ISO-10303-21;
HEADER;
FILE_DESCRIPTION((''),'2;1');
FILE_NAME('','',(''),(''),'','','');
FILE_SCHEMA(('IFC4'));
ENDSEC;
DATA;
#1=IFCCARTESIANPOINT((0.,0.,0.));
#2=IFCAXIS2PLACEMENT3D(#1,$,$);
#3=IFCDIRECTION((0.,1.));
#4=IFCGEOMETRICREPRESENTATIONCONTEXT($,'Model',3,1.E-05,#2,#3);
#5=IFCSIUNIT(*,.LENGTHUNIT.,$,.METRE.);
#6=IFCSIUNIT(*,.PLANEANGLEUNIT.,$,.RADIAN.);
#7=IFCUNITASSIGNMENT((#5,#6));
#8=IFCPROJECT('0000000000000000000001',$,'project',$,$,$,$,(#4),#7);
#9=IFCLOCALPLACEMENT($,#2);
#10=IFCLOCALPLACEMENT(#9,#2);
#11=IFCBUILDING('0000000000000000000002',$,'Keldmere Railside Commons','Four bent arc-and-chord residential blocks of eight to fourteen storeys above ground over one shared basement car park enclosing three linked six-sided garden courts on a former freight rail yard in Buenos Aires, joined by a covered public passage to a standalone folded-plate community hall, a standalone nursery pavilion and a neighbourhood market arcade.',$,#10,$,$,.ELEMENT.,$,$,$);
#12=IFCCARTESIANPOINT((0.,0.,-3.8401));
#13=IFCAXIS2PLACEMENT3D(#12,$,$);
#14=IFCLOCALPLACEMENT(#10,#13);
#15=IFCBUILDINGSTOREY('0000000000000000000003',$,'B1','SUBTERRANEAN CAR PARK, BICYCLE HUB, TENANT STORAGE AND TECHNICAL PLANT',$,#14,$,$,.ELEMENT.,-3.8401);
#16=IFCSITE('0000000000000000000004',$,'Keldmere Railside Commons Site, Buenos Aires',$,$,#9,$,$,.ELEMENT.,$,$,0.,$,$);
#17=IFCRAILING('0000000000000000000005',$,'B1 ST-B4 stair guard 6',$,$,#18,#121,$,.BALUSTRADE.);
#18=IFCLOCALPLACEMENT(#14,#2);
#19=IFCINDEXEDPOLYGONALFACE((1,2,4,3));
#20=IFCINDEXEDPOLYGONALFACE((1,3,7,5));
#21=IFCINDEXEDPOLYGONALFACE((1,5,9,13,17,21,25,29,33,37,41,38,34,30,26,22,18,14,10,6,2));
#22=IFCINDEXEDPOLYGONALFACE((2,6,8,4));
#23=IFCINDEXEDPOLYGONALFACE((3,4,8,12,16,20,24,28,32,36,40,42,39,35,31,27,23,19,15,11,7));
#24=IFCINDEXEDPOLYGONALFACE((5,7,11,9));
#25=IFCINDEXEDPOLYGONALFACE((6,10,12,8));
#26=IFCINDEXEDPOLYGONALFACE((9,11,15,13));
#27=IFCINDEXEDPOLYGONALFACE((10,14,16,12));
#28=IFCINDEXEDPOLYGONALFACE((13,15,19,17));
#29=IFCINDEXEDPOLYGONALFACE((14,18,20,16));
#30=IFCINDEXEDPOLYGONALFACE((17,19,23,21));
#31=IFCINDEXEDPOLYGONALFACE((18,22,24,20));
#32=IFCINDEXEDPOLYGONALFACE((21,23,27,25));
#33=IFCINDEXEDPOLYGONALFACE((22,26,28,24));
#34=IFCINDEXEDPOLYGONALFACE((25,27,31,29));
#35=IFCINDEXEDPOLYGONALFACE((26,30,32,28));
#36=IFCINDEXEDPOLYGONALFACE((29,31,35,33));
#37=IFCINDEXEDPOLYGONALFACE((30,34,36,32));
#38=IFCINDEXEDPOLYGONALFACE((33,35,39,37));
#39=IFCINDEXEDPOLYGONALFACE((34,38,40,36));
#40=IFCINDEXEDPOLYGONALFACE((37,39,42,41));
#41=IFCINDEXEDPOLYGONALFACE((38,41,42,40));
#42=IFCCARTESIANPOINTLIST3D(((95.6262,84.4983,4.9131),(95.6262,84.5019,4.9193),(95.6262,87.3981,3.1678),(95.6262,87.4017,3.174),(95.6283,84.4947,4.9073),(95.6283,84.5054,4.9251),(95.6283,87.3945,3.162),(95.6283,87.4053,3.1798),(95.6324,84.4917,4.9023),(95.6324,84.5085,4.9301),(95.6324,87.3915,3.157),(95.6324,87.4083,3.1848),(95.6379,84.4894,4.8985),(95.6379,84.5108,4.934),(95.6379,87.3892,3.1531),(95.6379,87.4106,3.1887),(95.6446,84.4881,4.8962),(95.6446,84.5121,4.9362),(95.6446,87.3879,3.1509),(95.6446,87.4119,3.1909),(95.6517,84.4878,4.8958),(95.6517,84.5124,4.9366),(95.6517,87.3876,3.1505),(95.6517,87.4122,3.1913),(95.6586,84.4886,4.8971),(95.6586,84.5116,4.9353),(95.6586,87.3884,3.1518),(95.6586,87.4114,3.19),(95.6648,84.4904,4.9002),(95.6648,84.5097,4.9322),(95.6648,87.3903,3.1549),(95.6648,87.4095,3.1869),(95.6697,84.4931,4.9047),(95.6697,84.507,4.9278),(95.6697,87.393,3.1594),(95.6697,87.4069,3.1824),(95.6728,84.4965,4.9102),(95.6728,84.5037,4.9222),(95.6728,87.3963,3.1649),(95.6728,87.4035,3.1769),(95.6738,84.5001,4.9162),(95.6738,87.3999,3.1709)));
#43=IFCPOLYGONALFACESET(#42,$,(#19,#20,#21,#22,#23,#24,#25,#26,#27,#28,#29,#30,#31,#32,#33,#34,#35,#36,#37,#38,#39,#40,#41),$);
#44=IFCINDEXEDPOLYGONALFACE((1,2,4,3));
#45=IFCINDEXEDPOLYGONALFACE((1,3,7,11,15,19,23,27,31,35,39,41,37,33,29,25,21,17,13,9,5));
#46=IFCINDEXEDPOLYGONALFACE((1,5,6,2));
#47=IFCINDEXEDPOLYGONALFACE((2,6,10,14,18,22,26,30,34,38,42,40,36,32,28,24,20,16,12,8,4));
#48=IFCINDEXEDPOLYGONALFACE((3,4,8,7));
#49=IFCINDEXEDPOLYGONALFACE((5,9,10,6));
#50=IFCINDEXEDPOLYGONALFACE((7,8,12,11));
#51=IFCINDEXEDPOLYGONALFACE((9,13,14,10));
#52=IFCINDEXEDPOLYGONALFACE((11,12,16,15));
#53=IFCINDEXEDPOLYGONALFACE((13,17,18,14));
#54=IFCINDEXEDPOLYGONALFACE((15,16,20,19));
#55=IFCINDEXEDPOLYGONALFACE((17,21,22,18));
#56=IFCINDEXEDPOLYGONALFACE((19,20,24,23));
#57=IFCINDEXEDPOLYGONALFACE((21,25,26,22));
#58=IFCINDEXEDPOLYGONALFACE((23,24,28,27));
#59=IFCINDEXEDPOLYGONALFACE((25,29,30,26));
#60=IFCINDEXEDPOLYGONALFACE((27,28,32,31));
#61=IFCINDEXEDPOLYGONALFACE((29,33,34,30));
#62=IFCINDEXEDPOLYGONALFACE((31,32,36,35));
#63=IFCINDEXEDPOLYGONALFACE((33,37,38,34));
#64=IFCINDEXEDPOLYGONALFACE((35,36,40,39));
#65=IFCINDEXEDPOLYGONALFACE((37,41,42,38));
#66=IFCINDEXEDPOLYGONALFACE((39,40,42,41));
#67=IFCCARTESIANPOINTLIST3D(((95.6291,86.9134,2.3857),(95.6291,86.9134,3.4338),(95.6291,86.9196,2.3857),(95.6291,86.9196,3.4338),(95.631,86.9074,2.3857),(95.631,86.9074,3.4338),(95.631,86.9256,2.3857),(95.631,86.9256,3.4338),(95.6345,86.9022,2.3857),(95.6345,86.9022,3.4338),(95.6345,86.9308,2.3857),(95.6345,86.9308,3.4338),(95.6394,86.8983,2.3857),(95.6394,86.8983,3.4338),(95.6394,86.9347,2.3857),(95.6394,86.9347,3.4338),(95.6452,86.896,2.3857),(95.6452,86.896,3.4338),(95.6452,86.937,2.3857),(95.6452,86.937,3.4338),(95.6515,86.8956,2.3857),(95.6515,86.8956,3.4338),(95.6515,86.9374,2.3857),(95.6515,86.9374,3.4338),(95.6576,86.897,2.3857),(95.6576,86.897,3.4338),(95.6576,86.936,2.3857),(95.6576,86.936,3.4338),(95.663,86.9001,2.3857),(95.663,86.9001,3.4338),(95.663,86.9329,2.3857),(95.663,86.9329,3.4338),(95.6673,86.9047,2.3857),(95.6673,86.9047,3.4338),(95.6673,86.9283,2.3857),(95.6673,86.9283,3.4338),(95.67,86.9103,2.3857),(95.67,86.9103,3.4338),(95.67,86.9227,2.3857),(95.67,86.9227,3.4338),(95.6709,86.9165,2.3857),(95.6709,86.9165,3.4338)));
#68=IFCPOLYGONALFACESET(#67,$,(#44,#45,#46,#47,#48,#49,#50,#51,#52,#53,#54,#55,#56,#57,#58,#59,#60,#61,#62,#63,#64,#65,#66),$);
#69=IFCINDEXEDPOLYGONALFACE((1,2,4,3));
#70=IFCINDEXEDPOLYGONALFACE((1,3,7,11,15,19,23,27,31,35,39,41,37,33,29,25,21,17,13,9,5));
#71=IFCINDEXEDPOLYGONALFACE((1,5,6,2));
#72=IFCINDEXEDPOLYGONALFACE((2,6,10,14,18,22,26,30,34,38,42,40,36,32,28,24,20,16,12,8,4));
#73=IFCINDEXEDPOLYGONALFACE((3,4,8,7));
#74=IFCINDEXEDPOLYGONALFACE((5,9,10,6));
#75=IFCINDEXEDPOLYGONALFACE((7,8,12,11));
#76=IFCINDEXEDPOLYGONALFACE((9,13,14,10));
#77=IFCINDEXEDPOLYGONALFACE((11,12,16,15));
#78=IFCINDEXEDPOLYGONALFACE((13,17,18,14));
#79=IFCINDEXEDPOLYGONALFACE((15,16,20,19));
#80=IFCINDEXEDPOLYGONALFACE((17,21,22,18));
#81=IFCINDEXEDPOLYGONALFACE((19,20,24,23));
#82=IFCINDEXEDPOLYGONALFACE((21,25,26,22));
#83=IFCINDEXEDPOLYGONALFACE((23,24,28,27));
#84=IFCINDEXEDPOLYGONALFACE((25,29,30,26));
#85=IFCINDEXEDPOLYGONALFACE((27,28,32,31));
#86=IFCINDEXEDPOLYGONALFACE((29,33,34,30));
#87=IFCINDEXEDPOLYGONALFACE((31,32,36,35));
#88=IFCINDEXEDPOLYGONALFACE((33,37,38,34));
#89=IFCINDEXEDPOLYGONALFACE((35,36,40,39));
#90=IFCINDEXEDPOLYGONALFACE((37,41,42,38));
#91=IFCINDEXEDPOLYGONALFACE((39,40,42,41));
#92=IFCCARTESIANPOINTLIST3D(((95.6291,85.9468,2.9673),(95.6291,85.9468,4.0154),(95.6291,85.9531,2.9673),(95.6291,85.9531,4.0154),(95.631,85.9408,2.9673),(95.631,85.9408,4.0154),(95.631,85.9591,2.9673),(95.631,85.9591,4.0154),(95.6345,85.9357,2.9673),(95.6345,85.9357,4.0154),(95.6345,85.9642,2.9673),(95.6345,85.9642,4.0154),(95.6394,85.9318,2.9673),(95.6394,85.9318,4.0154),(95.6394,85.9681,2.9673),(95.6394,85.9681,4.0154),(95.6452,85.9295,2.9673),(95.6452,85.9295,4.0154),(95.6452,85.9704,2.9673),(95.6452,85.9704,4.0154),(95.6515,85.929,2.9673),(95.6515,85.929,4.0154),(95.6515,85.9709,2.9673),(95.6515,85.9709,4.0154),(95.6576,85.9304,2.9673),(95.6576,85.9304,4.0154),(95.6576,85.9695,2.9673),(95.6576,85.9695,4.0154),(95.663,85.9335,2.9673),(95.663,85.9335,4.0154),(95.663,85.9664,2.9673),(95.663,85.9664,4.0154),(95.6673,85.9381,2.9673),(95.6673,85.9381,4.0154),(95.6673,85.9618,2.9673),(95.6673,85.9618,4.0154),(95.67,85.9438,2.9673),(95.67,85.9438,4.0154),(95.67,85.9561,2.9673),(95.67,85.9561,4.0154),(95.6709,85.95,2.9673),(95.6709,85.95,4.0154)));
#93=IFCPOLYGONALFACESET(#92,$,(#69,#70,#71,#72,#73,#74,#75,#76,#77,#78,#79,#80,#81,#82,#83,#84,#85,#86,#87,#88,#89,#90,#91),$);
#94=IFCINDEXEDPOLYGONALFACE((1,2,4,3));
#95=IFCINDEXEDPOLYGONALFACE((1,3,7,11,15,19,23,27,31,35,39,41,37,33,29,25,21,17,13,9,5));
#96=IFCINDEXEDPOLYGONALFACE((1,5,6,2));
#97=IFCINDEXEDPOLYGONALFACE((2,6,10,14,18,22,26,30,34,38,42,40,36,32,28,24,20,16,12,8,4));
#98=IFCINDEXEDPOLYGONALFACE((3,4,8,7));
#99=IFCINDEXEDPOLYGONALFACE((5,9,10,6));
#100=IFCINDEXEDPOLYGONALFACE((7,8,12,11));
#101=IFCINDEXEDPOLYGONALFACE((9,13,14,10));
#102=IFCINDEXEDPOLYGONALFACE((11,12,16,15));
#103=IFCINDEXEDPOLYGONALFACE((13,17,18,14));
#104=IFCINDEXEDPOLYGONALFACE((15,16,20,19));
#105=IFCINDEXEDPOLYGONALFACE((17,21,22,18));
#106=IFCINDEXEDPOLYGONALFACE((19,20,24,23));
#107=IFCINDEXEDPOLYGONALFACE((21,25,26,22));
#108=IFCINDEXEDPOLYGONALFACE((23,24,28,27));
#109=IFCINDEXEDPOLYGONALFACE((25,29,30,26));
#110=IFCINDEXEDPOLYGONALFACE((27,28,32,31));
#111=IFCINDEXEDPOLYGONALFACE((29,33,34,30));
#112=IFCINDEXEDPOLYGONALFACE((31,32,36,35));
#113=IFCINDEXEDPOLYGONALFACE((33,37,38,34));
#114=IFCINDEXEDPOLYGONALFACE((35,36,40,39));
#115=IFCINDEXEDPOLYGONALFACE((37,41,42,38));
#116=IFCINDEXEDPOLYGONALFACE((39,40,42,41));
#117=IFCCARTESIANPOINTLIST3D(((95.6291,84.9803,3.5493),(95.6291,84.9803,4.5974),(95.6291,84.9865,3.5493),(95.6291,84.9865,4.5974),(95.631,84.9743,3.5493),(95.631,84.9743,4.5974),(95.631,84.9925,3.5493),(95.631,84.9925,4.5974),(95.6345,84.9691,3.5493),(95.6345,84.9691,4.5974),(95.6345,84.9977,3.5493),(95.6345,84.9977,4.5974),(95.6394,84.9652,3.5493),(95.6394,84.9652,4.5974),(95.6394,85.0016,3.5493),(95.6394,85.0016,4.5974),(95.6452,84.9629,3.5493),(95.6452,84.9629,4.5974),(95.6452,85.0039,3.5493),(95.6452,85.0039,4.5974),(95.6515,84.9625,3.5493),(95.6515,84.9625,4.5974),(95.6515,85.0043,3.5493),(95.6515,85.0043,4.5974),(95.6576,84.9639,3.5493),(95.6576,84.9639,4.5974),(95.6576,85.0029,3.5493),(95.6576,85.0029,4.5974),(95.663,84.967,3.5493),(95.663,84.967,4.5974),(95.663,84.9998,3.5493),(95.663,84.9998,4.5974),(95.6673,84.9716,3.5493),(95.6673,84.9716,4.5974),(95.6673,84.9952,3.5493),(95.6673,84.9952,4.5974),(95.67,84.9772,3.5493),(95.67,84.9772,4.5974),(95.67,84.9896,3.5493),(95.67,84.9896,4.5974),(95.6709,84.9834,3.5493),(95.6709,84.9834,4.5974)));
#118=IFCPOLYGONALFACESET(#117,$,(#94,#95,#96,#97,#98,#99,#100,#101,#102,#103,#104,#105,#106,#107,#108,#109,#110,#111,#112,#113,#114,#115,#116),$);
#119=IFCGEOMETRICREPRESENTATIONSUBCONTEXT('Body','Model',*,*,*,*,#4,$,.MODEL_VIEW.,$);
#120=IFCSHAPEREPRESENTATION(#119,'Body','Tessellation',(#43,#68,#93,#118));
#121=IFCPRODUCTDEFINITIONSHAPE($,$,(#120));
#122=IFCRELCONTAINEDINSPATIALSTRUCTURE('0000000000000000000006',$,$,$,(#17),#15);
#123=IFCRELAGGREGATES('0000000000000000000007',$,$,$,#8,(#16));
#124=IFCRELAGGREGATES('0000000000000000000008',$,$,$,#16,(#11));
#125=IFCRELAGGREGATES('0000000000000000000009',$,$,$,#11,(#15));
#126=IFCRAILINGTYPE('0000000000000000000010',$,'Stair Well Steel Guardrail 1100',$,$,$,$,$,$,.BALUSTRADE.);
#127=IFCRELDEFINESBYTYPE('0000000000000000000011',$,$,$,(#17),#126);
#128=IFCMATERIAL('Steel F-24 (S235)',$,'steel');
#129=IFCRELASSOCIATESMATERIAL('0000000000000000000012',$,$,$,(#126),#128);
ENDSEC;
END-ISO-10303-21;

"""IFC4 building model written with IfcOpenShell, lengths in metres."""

from ifc_helpers import new_model, si_unit, direction, frame, origin, origin_2d, place, context, subcontext, project, spatial, circle, extrude, material, type_object, element, save


model = new_model("IFC4")

# Units and contexts
model_context = context("Model", 3, precision=1e-05, world=origin(), true_north=direction((0.0, 1.0)))
body_context = subcontext(model_context, "Body", "Model", "MODEL_VIEW")
ifc_project = project(units=[si_unit("LENGTHUNIT", "METRE"), si_unit("PLANEANGLEUNIT", "RADIAN")], contexts=[model_context])

# Site, building, storey
site_placement = place(None, origin())
site = spatial("IfcSite", under=ifc_project, at=site_placement, Name="Keldmere Railside Commons Site, Buenos Aires", CompositionType="ELEMENT", RefElevation=0.0)
building_placement = place(site_placement, origin())
building = spatial("IfcBuilding", under=site, at=building_placement, Name="Keldmere Railside Commons", Description="Four bent arc-and-chord residential blocks of eight to fourteen storeys above ground over one shared basement car park enclosing three linked six-sided garden courts on a former freight rail yard in Buenos Aires, joined by a covered public passage to a standalone folded-plate community hall, a standalone nursery pavilion and a neighbourhood market arcade.", CompositionType="ELEMENT")
storey_placement = place(building_placement, frame((0.0, 0.0, -3.8401)))
storey = spatial("IfcBuildingStorey", under=building, at=storey_placement, Name="B1", Description="SUBTERRANEAN CAR PARK, BICYCLE HUB, TENANT STORAGE AND TECHNICAL PLANT", CompositionType="ELEMENT", Elevation=-3.8401)

# Railing
ifc_material_1 = material(Name="Steel F-24 (S235)", Category="steel")
railing_type_1 = type_object("IfcRailingType", Name="Stair Well Steel Guardrail 1100", PredefinedType="BALUSTRADE", material=ifc_material_1)
railing_1_placement = place(storey_placement, frame((95.6499, 87.3999, 2.0947)))
element("IfcRailing", 1, at=railing_1_placement, inside=storey, type_object=railing_type_1, Name="B1 ST-B4 stair guard 6", PredefinedType="BALUSTRADE", context=body_context, shape_type="SweptSolid", body=[
    extrude(circle(Radius=0.0239, at=origin_2d()), frame((0.0, 0.0, 1.0762), z_axis=(0.0, -0.856786, 0.515673), x_axis=(1.0, 0.0, 0.0)), (0.0, 0.0, 1.0), 3.3845),
    extrude(circle(Radius=0.021, at=origin_2d()), frame((0.0, -0.4834, 0.291)), (0.0, 0.0, 1.0), 1.0481),
    extrude(circle(Radius=0.021, at=origin_2d()), frame((0.0, -1.45, 0.8726)), (0.0, 0.0, 1.0), 1.0481),
    extrude(circle(Radius=0.021, at=origin_2d()), frame((0.0, -2.4165, 1.4546)), (0.0, 0.0, 1.0), 1.0481),
])

save(model, "model.ifc")
